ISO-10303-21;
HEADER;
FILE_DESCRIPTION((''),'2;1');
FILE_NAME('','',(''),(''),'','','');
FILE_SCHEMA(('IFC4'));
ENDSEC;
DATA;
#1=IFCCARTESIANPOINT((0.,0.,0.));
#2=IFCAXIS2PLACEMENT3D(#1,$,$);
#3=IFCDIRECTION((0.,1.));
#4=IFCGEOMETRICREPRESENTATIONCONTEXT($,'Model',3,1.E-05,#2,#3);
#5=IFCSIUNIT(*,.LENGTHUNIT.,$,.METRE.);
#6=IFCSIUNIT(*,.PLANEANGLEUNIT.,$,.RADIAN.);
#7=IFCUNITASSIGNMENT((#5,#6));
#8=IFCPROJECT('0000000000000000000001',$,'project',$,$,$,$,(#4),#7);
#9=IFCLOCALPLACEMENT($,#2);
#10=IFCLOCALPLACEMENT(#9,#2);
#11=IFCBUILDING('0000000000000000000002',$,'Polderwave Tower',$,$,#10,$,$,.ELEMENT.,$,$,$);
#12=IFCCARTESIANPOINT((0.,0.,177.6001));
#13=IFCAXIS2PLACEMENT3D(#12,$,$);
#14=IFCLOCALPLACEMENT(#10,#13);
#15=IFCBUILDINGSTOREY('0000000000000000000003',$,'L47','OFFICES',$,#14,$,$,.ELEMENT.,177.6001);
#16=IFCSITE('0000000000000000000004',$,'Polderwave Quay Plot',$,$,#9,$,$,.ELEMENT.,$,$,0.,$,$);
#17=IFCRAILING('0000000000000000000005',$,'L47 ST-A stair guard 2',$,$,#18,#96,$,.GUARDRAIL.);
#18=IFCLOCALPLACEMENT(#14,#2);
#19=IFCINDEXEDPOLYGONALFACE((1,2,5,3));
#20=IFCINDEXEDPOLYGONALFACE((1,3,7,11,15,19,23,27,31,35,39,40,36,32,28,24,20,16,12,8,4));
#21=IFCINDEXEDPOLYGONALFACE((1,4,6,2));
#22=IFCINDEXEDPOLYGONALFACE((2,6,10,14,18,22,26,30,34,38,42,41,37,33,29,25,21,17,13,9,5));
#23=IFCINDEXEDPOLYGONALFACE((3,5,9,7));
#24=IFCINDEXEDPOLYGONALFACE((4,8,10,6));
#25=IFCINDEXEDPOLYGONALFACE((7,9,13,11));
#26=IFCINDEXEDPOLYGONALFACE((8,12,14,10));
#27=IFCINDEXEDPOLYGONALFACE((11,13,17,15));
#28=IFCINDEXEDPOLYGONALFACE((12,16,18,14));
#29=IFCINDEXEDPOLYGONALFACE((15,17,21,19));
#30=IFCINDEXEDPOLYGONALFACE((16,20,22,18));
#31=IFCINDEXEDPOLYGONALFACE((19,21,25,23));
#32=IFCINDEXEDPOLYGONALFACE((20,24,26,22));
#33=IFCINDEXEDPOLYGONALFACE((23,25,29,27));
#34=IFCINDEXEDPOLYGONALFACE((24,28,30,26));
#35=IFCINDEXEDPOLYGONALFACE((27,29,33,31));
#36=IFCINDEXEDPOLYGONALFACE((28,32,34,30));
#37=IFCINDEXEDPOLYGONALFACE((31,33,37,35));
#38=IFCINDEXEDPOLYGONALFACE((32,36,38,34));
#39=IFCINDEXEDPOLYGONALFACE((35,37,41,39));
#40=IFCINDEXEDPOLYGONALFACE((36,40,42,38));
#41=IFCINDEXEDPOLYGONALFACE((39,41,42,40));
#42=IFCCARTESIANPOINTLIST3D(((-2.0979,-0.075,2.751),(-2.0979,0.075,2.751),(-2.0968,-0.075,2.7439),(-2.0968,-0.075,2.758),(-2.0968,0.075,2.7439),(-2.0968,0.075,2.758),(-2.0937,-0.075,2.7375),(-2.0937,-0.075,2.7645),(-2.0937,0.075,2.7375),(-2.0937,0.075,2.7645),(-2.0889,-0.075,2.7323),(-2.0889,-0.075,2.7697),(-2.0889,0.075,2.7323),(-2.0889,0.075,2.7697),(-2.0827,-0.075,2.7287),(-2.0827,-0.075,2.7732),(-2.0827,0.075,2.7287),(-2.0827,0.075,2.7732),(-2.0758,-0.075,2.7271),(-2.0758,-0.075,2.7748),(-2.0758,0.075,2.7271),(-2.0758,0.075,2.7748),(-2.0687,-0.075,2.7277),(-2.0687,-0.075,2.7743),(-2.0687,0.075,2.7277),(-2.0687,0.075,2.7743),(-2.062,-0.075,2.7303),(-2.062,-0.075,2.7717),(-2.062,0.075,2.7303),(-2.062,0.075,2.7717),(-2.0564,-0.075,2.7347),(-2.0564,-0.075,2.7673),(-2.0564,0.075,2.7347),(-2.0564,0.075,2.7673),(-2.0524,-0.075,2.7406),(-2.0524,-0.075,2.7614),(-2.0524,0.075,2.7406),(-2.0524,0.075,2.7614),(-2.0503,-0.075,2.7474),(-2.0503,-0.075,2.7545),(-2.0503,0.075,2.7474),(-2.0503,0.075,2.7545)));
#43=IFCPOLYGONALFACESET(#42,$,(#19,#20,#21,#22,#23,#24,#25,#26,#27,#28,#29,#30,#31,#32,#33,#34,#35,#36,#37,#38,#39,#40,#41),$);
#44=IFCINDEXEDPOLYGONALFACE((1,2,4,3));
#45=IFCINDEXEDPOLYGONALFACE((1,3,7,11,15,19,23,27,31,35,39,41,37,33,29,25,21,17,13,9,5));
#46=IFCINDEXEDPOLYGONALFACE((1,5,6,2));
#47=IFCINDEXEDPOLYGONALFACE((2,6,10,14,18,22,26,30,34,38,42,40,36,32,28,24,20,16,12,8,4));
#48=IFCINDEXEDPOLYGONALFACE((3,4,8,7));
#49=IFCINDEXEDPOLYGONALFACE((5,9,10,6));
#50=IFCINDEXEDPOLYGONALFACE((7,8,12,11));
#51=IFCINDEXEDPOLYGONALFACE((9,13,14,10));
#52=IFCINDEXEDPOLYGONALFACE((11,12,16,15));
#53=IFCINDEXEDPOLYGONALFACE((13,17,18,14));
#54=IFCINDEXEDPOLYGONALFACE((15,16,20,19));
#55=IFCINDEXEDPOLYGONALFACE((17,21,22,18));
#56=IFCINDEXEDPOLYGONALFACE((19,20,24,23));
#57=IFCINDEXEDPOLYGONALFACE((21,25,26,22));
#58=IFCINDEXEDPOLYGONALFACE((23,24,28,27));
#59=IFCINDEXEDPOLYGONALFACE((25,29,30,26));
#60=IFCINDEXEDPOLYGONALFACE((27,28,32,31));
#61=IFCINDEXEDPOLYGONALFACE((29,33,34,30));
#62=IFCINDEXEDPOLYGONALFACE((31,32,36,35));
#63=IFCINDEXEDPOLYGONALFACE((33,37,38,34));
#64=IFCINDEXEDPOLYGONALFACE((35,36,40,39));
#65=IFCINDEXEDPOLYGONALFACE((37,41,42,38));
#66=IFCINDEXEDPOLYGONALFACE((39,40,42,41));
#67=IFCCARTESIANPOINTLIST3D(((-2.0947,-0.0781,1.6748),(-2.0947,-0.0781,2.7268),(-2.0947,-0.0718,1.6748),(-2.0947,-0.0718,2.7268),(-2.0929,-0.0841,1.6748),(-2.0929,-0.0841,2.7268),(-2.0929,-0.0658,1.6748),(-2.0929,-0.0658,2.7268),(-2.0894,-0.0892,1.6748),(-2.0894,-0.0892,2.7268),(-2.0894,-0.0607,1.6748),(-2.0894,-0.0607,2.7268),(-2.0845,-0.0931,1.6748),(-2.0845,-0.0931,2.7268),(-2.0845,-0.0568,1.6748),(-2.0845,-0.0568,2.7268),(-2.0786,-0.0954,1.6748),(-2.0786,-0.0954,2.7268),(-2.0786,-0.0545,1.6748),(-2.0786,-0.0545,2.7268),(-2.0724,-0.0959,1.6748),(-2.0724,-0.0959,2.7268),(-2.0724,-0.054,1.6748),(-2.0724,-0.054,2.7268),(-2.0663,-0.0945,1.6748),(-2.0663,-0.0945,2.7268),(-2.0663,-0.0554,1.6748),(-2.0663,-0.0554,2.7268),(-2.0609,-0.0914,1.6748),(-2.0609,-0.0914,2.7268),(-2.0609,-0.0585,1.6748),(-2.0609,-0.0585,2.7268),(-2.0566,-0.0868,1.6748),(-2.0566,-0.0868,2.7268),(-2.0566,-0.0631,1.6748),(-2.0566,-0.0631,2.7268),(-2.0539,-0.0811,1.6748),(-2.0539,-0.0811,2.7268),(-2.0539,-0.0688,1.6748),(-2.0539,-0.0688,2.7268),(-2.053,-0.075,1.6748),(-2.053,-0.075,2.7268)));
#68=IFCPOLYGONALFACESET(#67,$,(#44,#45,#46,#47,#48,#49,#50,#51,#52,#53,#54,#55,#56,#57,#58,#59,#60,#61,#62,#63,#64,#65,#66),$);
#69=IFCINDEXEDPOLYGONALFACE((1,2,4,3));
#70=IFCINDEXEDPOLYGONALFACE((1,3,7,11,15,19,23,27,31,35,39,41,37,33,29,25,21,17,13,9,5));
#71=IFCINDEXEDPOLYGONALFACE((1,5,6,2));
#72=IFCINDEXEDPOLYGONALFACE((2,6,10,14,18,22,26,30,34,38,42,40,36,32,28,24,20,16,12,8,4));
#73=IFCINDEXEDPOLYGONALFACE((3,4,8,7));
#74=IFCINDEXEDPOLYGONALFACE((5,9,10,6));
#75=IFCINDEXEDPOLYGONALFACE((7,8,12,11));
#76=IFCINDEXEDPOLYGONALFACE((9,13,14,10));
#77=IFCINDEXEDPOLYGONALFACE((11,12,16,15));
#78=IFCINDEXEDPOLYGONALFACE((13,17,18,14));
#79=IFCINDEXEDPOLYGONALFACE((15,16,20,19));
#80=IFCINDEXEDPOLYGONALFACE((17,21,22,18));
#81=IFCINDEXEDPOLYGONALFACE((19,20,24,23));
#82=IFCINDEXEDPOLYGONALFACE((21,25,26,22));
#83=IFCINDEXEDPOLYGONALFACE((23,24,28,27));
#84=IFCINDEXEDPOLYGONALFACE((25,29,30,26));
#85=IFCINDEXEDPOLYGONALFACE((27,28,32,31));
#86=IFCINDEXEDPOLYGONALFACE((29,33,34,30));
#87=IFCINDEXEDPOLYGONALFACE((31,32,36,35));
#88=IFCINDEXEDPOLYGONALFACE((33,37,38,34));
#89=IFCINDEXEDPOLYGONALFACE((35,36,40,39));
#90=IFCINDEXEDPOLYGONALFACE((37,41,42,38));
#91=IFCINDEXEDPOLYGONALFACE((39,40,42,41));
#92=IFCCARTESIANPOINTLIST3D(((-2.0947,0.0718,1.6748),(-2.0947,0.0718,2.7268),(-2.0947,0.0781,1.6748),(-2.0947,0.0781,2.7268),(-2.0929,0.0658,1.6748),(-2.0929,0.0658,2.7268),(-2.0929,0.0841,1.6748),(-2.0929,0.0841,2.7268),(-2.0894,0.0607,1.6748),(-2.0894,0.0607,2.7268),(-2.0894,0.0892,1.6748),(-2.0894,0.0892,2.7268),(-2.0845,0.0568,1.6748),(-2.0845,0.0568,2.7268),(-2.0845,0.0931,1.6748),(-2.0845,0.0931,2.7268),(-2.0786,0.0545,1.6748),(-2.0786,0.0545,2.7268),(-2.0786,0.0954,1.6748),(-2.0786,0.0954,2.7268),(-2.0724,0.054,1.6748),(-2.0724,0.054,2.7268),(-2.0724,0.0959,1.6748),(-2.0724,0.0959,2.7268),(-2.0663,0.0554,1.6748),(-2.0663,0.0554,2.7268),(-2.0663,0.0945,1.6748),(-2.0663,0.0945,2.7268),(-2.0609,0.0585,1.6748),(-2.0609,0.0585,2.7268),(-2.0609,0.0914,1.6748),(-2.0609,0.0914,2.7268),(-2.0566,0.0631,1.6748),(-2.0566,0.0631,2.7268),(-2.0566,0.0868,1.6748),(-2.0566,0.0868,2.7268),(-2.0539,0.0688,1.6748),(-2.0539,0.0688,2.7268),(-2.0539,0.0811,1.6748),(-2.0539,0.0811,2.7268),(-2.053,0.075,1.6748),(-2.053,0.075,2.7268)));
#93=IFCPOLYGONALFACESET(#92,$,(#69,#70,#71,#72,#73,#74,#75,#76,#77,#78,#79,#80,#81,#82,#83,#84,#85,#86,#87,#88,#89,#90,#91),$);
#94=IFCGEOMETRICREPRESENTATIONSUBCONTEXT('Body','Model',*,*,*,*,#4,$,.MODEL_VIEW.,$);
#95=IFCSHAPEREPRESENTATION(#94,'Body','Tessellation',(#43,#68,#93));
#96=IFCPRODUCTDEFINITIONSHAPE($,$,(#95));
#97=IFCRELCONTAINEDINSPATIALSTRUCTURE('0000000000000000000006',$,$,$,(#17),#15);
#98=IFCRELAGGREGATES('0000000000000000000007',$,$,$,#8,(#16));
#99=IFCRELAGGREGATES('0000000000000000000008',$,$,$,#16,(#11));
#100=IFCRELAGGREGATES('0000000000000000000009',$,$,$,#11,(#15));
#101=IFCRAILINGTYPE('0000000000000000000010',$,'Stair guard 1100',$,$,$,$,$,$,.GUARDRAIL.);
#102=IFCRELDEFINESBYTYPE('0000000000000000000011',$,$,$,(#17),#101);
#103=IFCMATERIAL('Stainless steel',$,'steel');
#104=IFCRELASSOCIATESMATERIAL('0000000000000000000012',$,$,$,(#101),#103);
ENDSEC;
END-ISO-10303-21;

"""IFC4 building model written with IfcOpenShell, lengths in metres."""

from ifc_helpers import new_model, si_unit, direction, frame, origin, origin_2d, place, context, subcontext, project, spatial, circle, extrude, material, type_object, element, save


model = new_model("IFC4")

# Units and contexts
model_context = context("Model", 3, precision=1e-05, world=origin(), true_north=direction((0.0, 1.0)))
body_context = subcontext(model_context, "Body", "Model", "MODEL_VIEW")
ifc_project = project(units=[si_unit("LENGTHUNIT", "METRE"), si_unit("PLANEANGLEUNIT", "RADIAN")], contexts=[model_context])

# Site, building, storey
site_placement = place(None, origin())
site = spatial("IfcSite", under=ifc_project, at=site_placement, Name="Polderwave Quay Plot", CompositionType="ELEMENT", RefElevation=0.0)
building_placement = place(site_placement, origin())
building = spatial("IfcBuilding", under=site, at=building_placement, Name="Polderwave Tower", CompositionType="ELEMENT")
storey_placement = place(building_placement, frame((0.0, 0.0, 177.6001)))
storey = spatial("IfcBuildingStorey", under=building, at=storey_placement, Name="L47", Description="OFFICES", CompositionType="ELEMENT", Elevation=177.6001)

# Railing
ifc_material_1 = material(Name="Stainless steel", Category="steel")
railing_type = type_object("IfcRailingType", Name="Stair guard 1100", PredefinedType="GUARDRAIL", material=ifc_material_1)
railing_1_placement = place(storey_placement, frame((-2.074, -0.075, 1.6748)))
element("IfcRailing", 1, at=railing_1_placement, inside=storey, type_object=railing_type, Name="L47 ST-A stair guard 2", PredefinedType="GUARDRAIL", context=body_context, shape_type="SweptSolid", body=[
    extrude(circle(Radius=0.0239, at=origin_2d()), frame((0.0, 0.0, 1.0762), z_axis=(0.0, 1.0, 0.0), x_axis=(-1.0, 0.0, 0.0)), (0.0, 0.0, 1.0), 0.1499),
    extrude(circle(Radius=0.021, at=origin_2d()), origin(), (0.0, 0.0, 1.0), 1.052),
    extrude(circle(Radius=0.021, at=origin_2d()), frame((0.0, 0.1499, 0.0)), (0.0, 0.0, 1.0), 1.052),
])

save(model, "model.ifc")
